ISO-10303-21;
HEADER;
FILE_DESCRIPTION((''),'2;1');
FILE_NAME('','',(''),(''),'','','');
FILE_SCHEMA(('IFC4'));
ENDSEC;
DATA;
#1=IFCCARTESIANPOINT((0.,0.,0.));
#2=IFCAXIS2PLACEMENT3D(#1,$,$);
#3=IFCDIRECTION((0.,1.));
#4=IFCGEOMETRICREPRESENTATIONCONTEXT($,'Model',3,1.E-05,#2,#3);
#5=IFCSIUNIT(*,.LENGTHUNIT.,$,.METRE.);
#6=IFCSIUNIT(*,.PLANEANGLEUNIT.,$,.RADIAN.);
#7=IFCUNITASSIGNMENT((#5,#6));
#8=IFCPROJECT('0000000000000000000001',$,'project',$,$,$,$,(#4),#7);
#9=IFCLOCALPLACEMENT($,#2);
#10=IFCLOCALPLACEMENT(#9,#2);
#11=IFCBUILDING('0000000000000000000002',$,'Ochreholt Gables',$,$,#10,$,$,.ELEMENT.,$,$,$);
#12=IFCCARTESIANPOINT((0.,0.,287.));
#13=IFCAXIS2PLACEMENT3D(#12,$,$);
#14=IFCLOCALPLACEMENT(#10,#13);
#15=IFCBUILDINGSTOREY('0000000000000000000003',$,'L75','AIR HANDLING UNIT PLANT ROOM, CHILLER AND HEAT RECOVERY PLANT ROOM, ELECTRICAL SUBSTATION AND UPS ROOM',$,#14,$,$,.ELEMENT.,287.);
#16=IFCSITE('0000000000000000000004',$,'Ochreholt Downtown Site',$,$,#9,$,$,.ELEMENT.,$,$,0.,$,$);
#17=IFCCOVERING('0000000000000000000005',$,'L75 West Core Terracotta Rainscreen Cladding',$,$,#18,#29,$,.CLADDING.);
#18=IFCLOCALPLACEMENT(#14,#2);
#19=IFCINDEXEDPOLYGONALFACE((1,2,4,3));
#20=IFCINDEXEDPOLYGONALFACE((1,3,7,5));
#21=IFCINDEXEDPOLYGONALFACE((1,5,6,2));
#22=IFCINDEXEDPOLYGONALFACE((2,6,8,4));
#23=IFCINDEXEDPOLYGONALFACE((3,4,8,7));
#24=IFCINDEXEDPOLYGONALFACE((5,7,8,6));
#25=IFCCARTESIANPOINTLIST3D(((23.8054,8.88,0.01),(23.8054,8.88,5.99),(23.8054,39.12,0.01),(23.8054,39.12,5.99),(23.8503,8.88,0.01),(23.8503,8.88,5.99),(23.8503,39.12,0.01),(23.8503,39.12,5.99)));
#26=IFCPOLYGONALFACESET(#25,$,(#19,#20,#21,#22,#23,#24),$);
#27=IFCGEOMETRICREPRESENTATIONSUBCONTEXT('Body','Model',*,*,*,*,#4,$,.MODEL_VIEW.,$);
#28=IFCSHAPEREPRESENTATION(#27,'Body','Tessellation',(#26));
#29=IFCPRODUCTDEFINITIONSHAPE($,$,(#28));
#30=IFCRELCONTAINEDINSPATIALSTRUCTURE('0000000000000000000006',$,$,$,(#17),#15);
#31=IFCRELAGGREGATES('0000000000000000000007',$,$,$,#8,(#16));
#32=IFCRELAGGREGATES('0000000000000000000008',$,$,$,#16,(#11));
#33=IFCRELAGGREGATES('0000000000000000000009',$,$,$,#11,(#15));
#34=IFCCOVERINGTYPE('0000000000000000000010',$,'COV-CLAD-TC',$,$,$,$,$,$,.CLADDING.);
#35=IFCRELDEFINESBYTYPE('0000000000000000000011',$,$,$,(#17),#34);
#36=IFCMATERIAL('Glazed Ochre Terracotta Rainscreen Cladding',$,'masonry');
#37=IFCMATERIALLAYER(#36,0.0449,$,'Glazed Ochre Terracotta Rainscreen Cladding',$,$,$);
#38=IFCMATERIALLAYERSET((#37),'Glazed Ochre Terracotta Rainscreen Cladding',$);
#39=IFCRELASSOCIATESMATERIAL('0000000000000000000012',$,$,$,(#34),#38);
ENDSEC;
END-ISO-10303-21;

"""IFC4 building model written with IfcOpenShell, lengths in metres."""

from ifc_helpers import new_model, si_unit, direction, frame, origin, origin_2d, place, context, subcontext, project, spatial, rectangle, extrude, material, layer, layer_set, type_object, element, save


model = new_model("IFC4")

# Units and contexts
model_context = context("Model", 3, precision=1e-05, world=origin(), true_north=direction((0.0, 1.0)))
body_context = subcontext(model_context, "Body", "Model", "MODEL_VIEW")
ifc_project = project(units=[si_unit("LENGTHUNIT", "METRE"), si_unit("PLANEANGLEUNIT", "RADIAN")], contexts=[model_context])

# Site, building, storey
site_placement = place(None, origin())
site = spatial("IfcSite", under=ifc_project, at=site_placement, Name="Ochreholt Downtown Site", CompositionType="ELEMENT", RefElevation=0.0)
building_placement = place(site_placement, origin())
building = spatial("IfcBuilding", under=site, at=building_placement, Name="Ochreholt Gables", CompositionType="ELEMENT")
storey_placement = place(building_placement, frame((0.0, 0.0, 287.0)))
storey = spatial("IfcBuildingStorey", under=building, at=storey_placement, Name="L75", Description="AIR HANDLING UNIT PLANT ROOM, CHILLER AND HEAT RECOVERY PLANT ROOM, ELECTRICAL SUBSTATION AND UPS ROOM", CompositionType="ELEMENT", Elevation=287.0)

# Covering
ifc_material_1 = material(Name="Glazed Ochre Terracotta Rainscreen Cladding", Category="masonry")
ifc_layer_1 = layer(ifc_material_1, 0.0449, Name="Glazed Ochre Terracotta Rainscreen Cladding")
ifc_layer_set_1 = layer_set([ifc_layer_1], Name="Glazed Ochre Terracotta Rainscreen Cladding")
covering_type = type_object("IfcCoveringType", Name="COV-CLAD-TC", PredefinedType="CLADDING", material=ifc_layer_set_1)
covering_placement = place(storey_placement, frame((23.8279, 24.0, 0.01), z_axis=(0.0, 0.0, 1.0), x_axis=(0.0, 1.0, 0.0)))
element("IfcCovering", 1, at=covering_placement, inside=storey, type_object=covering_type, Name="L75 West Core Terracotta Rainscreen Cladding", PredefinedType="CLADDING", context=body_context, shape_type="SweptSolid", body=[
    extrude(rectangle(XDim=30.24, YDim=0.0449, at=origin_2d()), origin(), (0.0, 0.0, 1.0), 5.98),
])

save(model, "model.ifc")
